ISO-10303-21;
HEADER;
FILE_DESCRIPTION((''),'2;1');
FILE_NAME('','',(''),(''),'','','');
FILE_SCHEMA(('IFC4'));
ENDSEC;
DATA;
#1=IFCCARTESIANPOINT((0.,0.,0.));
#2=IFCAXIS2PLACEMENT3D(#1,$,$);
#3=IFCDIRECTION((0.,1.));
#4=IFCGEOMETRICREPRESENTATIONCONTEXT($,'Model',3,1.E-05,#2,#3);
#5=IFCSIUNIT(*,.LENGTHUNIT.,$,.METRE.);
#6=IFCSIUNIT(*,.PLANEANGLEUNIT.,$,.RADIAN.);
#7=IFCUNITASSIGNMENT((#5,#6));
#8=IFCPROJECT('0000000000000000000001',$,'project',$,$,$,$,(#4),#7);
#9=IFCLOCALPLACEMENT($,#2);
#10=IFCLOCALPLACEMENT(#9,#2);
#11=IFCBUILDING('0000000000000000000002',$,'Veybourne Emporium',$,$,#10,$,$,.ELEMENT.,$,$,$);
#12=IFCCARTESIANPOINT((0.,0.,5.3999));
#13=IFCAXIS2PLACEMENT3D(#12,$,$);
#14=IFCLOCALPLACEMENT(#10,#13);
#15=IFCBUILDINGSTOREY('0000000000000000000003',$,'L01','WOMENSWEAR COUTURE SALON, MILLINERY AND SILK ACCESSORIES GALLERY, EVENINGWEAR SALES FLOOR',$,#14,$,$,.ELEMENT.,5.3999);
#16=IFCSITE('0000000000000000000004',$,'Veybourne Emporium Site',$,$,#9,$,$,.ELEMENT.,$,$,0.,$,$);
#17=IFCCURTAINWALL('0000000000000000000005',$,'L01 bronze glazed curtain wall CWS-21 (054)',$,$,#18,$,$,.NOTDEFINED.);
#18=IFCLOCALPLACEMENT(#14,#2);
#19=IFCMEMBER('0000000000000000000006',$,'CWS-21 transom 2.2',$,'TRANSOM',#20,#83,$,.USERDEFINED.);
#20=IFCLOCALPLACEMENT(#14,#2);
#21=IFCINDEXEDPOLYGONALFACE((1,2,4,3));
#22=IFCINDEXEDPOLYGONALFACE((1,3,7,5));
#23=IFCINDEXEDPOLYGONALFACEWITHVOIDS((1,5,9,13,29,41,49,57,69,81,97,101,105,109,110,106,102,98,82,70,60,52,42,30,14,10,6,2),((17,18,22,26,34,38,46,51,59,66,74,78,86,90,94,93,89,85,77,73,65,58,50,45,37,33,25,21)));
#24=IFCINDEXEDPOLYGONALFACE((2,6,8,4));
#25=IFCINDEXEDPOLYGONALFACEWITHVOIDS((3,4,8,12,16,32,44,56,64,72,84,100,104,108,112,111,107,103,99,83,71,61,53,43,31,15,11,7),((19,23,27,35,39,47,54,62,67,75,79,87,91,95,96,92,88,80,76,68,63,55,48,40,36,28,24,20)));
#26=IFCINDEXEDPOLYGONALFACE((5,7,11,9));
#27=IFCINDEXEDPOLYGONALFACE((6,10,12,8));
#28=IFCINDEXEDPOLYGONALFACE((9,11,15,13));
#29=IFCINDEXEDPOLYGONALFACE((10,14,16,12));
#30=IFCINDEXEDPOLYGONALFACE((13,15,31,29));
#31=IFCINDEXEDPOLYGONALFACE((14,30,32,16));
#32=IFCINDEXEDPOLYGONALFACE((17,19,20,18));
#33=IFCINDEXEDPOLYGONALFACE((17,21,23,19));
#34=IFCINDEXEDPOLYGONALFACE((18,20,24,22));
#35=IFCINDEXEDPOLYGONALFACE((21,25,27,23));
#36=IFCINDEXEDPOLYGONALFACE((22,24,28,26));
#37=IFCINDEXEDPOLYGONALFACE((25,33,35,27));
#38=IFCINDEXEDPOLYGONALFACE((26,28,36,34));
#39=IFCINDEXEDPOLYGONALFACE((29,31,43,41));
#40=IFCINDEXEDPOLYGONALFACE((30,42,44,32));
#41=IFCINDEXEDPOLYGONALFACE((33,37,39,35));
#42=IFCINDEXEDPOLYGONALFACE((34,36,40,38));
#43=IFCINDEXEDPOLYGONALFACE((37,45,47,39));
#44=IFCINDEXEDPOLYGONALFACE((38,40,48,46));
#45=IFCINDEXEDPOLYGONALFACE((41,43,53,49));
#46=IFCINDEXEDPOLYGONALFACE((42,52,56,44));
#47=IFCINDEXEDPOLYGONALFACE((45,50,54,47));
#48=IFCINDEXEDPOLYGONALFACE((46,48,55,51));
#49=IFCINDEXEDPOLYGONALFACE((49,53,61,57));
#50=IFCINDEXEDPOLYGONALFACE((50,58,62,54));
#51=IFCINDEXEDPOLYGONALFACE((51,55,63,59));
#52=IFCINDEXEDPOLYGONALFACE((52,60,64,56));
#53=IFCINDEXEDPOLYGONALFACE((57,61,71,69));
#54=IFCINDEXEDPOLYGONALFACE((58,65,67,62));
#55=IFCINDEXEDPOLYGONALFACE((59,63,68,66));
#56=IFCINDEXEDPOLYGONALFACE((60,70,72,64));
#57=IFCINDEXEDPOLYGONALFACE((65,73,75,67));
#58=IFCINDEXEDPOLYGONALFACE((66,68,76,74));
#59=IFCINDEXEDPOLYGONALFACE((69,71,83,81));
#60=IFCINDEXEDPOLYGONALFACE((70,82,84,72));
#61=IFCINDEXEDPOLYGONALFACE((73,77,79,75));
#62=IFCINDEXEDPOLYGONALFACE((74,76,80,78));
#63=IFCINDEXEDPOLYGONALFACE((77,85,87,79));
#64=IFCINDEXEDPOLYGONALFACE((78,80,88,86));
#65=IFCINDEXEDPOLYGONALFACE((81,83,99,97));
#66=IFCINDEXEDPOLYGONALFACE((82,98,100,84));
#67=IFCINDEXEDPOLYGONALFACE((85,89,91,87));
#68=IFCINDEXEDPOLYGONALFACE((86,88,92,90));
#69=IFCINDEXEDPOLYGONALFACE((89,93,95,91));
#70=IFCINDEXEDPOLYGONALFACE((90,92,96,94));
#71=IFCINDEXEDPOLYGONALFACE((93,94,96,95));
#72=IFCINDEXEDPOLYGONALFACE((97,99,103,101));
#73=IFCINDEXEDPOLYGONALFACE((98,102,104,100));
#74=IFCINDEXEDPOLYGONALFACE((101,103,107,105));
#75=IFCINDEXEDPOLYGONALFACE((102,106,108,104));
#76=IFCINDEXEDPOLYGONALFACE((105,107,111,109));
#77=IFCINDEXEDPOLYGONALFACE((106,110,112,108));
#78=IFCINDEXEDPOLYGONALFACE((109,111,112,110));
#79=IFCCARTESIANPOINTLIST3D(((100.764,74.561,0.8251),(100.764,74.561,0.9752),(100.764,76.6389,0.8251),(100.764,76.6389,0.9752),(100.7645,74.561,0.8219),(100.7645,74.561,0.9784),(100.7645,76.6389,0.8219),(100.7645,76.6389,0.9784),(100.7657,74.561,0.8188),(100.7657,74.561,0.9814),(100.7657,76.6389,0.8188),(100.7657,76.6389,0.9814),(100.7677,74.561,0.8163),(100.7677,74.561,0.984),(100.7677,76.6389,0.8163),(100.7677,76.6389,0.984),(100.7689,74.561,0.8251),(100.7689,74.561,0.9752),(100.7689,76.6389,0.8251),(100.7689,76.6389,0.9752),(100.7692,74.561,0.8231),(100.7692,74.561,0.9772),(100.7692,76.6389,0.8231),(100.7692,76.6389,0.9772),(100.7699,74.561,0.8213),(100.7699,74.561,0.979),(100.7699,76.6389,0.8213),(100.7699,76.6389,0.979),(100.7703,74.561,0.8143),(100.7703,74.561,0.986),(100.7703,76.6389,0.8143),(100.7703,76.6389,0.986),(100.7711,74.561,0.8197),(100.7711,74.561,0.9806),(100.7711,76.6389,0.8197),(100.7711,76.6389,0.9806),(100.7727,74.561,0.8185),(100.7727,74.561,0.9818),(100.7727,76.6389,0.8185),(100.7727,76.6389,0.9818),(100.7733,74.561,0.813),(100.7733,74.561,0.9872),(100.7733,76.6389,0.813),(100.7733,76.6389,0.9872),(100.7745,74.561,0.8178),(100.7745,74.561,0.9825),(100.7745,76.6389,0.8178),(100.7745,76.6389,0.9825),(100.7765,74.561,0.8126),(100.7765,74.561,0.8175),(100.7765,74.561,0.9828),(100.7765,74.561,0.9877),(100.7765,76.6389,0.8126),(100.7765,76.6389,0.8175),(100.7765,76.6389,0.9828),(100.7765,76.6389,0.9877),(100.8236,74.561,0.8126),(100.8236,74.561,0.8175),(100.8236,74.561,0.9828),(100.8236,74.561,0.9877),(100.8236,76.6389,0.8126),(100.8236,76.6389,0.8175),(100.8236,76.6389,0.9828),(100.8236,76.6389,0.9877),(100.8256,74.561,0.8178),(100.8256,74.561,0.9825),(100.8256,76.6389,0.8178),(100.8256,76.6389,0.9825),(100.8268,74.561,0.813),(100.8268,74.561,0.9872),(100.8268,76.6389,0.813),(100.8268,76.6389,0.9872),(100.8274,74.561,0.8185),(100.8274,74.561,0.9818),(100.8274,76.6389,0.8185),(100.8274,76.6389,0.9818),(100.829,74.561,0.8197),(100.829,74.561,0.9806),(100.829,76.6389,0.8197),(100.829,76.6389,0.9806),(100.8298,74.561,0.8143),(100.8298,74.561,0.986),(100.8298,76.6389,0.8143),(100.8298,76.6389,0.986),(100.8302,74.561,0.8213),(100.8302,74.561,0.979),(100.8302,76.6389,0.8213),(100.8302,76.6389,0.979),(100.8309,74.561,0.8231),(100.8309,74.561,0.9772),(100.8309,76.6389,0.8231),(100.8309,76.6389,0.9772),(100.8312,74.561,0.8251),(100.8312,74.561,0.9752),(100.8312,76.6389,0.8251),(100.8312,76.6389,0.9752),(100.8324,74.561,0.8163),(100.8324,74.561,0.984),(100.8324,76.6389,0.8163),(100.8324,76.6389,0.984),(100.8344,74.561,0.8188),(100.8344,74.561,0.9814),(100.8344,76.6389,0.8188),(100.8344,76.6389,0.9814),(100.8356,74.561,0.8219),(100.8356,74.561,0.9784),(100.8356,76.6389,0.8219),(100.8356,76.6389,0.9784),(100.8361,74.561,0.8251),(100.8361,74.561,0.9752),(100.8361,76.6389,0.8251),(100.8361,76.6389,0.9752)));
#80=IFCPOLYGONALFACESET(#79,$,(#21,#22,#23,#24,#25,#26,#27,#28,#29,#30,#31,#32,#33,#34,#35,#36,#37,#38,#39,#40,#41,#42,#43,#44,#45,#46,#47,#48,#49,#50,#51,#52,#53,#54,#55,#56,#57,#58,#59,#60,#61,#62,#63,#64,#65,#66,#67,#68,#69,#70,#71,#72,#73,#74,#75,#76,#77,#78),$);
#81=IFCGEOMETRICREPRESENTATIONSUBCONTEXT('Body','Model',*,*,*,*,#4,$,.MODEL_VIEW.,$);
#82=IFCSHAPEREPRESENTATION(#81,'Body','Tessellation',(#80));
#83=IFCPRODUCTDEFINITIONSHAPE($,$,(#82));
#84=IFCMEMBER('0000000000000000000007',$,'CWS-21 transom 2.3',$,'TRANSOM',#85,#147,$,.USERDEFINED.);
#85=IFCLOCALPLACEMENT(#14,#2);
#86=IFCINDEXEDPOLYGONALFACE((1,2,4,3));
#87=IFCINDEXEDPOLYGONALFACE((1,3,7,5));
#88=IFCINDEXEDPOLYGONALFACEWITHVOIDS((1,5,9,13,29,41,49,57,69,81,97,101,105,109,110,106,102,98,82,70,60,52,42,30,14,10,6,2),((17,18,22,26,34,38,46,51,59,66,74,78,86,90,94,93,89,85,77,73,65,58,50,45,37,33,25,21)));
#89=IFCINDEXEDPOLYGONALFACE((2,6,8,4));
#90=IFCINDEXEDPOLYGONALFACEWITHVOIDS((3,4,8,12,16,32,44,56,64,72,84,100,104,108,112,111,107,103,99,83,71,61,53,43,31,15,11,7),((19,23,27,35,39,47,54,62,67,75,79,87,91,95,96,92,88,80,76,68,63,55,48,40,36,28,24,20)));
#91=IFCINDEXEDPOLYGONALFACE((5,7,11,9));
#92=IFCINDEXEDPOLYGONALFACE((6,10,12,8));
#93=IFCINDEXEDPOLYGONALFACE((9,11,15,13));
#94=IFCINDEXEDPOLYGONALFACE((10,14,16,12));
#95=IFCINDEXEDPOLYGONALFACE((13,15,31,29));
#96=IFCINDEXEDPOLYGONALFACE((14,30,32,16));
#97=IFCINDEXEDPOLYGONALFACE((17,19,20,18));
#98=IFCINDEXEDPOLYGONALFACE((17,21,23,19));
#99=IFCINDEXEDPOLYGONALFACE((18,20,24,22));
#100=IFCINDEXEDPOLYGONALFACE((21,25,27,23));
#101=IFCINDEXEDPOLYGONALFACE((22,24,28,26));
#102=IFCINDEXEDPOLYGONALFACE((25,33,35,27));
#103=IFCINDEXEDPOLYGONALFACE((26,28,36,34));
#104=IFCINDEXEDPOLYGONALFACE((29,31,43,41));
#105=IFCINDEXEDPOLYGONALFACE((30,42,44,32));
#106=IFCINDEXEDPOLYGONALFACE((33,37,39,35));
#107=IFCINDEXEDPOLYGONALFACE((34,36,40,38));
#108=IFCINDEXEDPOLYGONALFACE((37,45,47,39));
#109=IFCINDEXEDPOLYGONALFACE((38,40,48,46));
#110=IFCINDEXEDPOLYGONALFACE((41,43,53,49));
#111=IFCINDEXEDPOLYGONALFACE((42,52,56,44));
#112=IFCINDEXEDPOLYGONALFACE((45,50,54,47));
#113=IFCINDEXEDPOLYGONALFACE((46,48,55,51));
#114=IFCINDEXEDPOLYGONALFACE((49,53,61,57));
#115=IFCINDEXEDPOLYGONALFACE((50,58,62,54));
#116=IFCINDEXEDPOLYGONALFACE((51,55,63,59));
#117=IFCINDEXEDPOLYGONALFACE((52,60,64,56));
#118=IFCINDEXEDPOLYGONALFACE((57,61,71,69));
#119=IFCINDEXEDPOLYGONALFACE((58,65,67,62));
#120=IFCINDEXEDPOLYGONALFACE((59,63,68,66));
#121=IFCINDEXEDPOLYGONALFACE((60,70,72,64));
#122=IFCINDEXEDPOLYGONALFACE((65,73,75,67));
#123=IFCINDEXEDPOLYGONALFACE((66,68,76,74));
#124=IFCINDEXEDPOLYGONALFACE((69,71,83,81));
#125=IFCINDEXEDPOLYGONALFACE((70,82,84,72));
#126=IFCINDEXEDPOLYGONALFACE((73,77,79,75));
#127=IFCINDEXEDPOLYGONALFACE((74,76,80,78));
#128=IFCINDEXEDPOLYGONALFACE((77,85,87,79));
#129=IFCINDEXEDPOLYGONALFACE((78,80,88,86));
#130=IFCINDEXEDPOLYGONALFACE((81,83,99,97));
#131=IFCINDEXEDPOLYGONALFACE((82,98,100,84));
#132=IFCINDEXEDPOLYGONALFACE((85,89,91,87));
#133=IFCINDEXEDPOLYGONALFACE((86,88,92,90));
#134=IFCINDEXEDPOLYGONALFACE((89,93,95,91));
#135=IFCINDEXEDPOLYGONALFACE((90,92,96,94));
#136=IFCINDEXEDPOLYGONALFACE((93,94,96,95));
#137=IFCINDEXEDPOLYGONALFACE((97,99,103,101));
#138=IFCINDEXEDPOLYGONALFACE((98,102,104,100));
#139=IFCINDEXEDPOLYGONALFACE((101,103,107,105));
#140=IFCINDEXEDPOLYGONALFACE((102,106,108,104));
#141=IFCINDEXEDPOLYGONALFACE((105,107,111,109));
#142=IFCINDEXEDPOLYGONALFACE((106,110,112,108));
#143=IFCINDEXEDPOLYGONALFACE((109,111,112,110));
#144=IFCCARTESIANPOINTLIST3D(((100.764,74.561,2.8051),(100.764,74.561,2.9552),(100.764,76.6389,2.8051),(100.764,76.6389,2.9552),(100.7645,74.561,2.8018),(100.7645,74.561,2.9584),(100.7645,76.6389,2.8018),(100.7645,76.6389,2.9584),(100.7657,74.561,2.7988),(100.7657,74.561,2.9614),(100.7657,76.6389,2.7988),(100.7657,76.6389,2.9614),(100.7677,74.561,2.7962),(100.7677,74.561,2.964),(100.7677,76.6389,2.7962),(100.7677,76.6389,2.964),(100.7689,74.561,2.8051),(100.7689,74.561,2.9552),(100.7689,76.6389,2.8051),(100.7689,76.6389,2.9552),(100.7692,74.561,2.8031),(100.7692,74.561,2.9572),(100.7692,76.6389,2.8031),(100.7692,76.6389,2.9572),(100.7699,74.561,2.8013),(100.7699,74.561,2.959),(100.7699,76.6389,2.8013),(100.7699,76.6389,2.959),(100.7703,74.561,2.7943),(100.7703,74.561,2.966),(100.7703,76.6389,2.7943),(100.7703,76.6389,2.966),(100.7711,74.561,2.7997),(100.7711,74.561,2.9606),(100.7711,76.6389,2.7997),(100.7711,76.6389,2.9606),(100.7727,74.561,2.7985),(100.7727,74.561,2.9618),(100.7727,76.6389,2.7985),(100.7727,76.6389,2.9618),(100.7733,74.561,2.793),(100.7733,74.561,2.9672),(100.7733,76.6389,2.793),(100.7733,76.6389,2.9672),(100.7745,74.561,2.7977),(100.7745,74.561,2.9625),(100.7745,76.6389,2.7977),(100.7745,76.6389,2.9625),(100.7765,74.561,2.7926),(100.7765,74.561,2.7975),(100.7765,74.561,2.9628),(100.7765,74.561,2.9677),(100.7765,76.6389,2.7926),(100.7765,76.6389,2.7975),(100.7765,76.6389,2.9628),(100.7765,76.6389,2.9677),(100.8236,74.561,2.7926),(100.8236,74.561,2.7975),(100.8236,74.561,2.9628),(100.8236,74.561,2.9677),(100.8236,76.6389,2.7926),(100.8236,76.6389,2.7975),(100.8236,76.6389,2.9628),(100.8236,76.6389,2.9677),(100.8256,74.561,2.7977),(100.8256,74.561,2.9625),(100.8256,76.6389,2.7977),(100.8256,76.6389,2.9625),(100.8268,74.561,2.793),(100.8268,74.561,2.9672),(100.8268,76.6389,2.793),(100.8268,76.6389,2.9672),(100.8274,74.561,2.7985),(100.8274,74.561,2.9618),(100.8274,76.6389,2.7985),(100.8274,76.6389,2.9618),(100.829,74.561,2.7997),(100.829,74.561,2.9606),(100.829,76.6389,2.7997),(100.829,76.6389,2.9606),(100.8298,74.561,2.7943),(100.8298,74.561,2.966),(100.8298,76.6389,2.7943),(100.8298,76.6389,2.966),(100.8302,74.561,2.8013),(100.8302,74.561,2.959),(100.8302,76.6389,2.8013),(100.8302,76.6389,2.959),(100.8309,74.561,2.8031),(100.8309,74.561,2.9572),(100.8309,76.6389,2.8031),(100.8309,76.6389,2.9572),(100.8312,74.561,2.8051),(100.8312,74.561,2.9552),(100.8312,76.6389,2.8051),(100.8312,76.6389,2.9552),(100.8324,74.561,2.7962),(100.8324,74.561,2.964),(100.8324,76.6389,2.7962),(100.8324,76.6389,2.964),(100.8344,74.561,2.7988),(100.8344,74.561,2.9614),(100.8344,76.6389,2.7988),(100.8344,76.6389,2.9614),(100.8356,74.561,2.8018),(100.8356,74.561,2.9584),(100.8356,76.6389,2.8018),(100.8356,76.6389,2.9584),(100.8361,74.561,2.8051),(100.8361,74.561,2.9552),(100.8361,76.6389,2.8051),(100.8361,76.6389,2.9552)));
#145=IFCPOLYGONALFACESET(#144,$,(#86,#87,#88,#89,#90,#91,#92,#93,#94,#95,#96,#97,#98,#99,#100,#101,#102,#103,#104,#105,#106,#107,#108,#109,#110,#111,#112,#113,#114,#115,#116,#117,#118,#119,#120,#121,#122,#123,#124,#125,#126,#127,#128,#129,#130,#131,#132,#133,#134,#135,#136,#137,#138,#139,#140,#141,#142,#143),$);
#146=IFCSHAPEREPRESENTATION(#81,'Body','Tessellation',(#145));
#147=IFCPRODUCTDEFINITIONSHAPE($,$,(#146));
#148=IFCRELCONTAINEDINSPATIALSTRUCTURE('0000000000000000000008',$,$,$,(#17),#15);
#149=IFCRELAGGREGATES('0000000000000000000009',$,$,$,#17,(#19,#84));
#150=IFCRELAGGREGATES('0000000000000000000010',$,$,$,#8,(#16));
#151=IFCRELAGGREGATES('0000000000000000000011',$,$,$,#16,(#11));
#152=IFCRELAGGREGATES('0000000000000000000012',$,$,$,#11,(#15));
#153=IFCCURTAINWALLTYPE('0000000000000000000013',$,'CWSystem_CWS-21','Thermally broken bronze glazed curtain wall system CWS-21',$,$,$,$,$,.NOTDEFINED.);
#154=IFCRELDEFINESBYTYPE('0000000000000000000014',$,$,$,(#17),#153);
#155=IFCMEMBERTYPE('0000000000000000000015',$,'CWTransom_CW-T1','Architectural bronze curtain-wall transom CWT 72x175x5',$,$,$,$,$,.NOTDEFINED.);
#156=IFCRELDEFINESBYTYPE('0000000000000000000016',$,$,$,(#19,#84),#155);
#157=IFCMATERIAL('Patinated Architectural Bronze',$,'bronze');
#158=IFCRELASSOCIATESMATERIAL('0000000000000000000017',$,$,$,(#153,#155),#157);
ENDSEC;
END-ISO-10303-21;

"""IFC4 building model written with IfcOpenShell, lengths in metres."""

from ifc_helpers import new_model, si_unit, direction, frame, origin, origin_2d, place, context, subcontext, project, spatial, hollow_rectangle, extrude, material, material_profile, profile_set, type_object, element, aggregate, save


model = new_model("IFC4")

# Units and contexts
model_context = context("Model", 3, precision=1e-05, world=origin(), true_north=direction((0.0, 1.0)))
body_context = subcontext(model_context, "Body", "Model", "MODEL_VIEW")
ifc_project = project(units=[si_unit("LENGTHUNIT", "METRE"), si_unit("PLANEANGLEUNIT", "RADIAN")], contexts=[model_context])

# Site, building, storey
site_placement = place(None, origin())
site = spatial("IfcSite", under=ifc_project, at=site_placement, Name="Veybourne Emporium Site", CompositionType="ELEMENT", RefElevation=0.0)
building_placement = place(site_placement, origin())
building = spatial("IfcBuilding", under=site, at=building_placement, Name="Veybourne Emporium", CompositionType="ELEMENT")
storey_placement = place(building_placement, frame((0.0, 0.0, 5.3999)))
storey = spatial("IfcBuildingStorey", under=building, at=storey_placement, Name="L01", Description="WOMENSWEAR COUTURE SALON, MILLINERY AND SILK ACCESSORIES GALLERY, EVENINGWEAR SALES FLOOR", CompositionType="ELEMENT", Elevation=5.3999)

# Curtain wall, members
ifc_material_1 = material(Name="Patinated Architectural Bronze", Category="bronze")
curtain_wall_type = type_object("IfcCurtainWallType", Name="CWSystem_CWS-21", Description="Thermally broken bronze glazed curtain wall system CWS-21", PredefinedType="NOTDEFINED", material=ifc_material_1)
curtain_wall_placement = place(storey_placement, origin())
curtain_wall = element("IfcCurtainWall", 1, at=curtain_wall_placement, inside=storey, type_object=curtain_wall_type, Name="L01 bronze glazed curtain wall CWS-21 (054)", PredefinedType="NOTDEFINED")
ifc_material_profile_1 = material_profile(ifc_material_1, hollow_rectangle(XDim=0.072, YDim=0.175, WallThickness=0.0049, InnerFilletRadius=0.0076, OuterFilletRadius=0.0125, at=origin_2d()), Name="CWT 72x175x5")
ifc_profile_set_1 = profile_set([ifc_material_profile_1], Name="Patinated Architectural Bronze")
member_type_1 = type_object("IfcMemberType", Name="CWTransom_CW-T1", Description="Architectural bronze curtain-wall transom CWT 72x175x5", PredefinedType="NOTDEFINED", material=ifc_profile_set_1)
member_1_placement = place(storey_placement, frame((100.8, 76.6389, 0.9001), z_axis=(0.0, -1.0, 0.0), x_axis=(1.0, 0.0, 0.0)))
member_1 = element("IfcMember", 2, at=member_1_placement, type_object=member_type_1, Name="CWS-21 transom 2.2", ObjectType="TRANSOM", PredefinedType="USERDEFINED", context=body_context, shape_type="SweptSolid", body=[
    extrude(hollow_rectangle(XDim=0.072, YDim=0.175, WallThickness=0.0049, InnerFilletRadius=0.0076, OuterFilletRadius=0.0125, at=origin_2d()), origin(), (0.0, 0.0, 1.0), 2.0779),
])
member_2_placement = place(storey_placement, frame((100.8, 76.6389, 2.8801), z_axis=(0.0, -1.0, 0.0), x_axis=(1.0, 0.0, 0.0)))
member_2 = element("IfcMember", 3, at=member_2_placement, type_object=member_type_1, Name="CWS-21 transom 2.3", ObjectType="TRANSOM", PredefinedType="USERDEFINED", context=body_context, shape_type="SweptSolid", body=[
    extrude(hollow_rectangle(XDim=0.072, YDim=0.175, WallThickness=0.0049, InnerFilletRadius=0.0076, OuterFilletRadius=0.0125, at=origin_2d()), origin(), (0.0, 0.0, 1.0), 2.0779),
])
aggregate(curtain_wall, [member_1, member_2])

save(model, "model.ifc")
